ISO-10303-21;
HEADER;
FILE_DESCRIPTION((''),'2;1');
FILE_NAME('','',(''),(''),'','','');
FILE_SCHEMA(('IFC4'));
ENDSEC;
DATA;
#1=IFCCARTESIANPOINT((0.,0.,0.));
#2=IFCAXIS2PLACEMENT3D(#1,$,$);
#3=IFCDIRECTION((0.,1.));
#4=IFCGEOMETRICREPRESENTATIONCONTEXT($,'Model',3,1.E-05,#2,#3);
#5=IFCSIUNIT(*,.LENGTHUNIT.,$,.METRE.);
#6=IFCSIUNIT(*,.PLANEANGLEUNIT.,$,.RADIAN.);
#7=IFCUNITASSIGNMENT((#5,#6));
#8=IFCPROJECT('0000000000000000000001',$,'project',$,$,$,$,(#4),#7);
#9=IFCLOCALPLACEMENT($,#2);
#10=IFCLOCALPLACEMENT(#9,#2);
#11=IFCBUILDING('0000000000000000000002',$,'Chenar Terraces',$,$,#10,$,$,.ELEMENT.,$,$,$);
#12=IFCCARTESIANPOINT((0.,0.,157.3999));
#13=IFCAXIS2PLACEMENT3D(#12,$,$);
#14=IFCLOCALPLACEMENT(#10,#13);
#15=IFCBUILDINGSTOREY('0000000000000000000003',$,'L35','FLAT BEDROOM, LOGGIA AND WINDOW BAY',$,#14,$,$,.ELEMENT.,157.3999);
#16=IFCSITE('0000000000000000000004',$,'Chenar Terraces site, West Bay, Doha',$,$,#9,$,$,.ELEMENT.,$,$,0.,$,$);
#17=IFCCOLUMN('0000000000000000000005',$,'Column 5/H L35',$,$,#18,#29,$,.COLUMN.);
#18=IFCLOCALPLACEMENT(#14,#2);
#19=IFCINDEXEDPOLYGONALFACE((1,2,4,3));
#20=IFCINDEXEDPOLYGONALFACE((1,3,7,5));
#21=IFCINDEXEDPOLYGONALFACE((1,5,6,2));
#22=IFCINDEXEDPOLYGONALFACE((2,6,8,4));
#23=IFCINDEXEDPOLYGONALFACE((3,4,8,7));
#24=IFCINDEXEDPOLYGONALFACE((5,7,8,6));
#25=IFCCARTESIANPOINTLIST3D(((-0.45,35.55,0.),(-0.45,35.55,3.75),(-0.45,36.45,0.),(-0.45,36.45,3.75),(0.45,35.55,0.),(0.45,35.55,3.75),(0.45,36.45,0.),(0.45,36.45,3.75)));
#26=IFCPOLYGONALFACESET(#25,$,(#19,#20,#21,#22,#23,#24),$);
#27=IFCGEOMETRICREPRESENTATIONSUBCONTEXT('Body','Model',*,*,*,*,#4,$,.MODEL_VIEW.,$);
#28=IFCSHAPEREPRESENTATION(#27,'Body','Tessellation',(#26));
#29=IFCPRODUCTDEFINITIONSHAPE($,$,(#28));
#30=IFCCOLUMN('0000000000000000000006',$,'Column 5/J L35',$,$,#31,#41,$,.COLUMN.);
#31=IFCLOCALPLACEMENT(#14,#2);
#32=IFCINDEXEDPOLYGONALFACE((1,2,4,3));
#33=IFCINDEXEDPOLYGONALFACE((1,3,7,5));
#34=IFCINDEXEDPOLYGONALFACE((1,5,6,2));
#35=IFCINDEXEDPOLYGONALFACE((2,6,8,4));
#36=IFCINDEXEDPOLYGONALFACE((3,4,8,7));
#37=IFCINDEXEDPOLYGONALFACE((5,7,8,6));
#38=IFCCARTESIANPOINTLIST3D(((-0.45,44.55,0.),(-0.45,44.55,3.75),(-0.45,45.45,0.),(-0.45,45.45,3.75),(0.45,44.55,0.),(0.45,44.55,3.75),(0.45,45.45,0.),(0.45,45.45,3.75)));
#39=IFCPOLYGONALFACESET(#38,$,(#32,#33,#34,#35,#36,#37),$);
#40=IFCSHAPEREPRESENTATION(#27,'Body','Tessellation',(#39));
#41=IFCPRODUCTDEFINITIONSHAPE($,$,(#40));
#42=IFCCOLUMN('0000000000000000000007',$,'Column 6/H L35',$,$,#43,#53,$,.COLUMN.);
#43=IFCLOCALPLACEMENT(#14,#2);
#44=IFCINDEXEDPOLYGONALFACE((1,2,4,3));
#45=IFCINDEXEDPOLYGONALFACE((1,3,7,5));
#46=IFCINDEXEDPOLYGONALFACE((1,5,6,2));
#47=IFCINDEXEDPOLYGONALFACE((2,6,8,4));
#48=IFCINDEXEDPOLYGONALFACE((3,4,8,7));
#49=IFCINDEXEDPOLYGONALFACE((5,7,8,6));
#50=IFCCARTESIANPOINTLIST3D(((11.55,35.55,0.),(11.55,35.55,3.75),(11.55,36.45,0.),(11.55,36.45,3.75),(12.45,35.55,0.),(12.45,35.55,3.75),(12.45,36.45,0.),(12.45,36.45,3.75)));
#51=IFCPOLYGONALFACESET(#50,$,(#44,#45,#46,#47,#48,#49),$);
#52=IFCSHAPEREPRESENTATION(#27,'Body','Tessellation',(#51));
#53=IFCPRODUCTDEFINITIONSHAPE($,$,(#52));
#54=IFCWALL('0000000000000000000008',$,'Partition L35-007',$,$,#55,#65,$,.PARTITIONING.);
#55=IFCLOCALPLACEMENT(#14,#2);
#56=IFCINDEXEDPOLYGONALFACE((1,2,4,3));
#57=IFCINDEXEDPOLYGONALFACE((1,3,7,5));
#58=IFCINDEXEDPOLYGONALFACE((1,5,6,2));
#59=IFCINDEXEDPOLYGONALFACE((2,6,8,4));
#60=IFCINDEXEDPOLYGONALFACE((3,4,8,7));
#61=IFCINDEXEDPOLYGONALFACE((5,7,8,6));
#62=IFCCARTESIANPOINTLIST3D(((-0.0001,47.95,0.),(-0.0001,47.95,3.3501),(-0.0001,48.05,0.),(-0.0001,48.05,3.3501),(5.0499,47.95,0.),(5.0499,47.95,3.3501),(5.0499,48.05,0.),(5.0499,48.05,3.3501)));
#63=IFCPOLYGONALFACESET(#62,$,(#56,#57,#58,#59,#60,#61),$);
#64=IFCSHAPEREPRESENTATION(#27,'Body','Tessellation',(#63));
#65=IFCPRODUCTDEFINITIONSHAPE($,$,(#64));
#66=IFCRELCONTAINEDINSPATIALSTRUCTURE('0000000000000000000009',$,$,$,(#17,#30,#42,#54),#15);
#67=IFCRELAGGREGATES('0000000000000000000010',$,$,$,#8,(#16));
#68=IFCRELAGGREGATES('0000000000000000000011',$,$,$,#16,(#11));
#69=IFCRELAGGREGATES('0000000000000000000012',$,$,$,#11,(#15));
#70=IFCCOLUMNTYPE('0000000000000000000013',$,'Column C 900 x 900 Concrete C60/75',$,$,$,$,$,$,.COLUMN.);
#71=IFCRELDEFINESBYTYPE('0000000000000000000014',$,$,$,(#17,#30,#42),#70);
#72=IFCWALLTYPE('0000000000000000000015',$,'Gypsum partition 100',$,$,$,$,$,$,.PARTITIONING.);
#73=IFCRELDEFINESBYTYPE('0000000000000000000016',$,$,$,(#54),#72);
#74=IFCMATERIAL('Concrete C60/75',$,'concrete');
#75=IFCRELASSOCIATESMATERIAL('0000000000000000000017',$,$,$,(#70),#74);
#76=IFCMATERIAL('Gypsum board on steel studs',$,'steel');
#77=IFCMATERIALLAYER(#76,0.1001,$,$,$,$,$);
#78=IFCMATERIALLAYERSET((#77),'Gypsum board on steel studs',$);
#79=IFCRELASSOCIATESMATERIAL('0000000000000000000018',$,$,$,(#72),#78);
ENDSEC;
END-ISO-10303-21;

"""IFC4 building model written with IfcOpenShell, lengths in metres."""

from ifc_helpers import new_model, si_unit, direction, frame, frame_2d, origin, origin_2d, place, context, subcontext, project, spatial, rectangle, extrude, material, layer, layer_set, material_profile, profile_set, type_object, element, save


model = new_model("IFC4")

# Units and contexts
model_context = context("Model", 3, precision=1e-05, world=origin(), true_north=direction((0.0, 1.0)))
body_context = subcontext(model_context, "Body", "Model", "MODEL_VIEW")
ifc_project = project(units=[si_unit("LENGTHUNIT", "METRE"), si_unit("PLANEANGLEUNIT", "RADIAN")], contexts=[model_context])

# Site, building, storey
site_placement = place(None, origin())
site = spatial("IfcSite", under=ifc_project, at=site_placement, Name="Chenar Terraces site, West Bay, Doha", CompositionType="ELEMENT", RefElevation=0.0)
building_placement = place(site_placement, origin())
building = spatial("IfcBuilding", under=site, at=building_placement, Name="Chenar Terraces", CompositionType="ELEMENT")
storey_placement = place(building_placement, frame((0.0, 0.0, 157.3999)))
storey = spatial("IfcBuildingStorey", under=building, at=storey_placement, Name="L35", Description="FLAT BEDROOM, LOGGIA AND WINDOW BAY", CompositionType="ELEMENT", Elevation=157.3999)

# Columns
ifc_material_1 = material(Name="Concrete C60/75", Category="concrete")
ifc_material_profile = material_profile(ifc_material_1, rectangle(XDim=0.8999, YDim=0.8999, at=origin_2d()), Name="C 900 x 900")
ifc_profile_set = profile_set([ifc_material_profile], Name="Concrete C60/75")
column_type = type_object("IfcColumnType", Name="Column C 900 x 900 Concrete C60/75", PredefinedType="COLUMN", material=ifc_profile_set)
placement = place(storey_placement, frame((0.0, 36.0, 0.0), z_axis=(0.0, 0.0, 1.0), x_axis=(1.0, 0.0, 0.0)))
element("IfcColumn", 1, at=placement, inside=storey, type_object=column_type, Name="Column 5/H L35", PredefinedType="COLUMN", context=body_context, shape_type="SweptSolid", body=[
    extrude(rectangle(XDim=0.8999, YDim=0.8999, at=origin_2d()), origin(), (0.0, 0.0, 1.0), 3.75),
])
for number, where, z_axis, x_axis, name in (
    (2, (0.0, 45.0, 0.0), (0.0, 0.0, 1.0), (1.0, 0.0, 0.0), "Column 5/J L35"),
    (3, (12.0, 36.0, 0.0), (0.0, 0.0, 1.0), (1.0, 0.0, 0.0), "Column 6/H L35"),
):
    element("IfcColumn", number, at=place(storey_placement, frame(where, z_axis=z_axis, x_axis=x_axis)), inside=storey, type_object=column_type, Name=name, PredefinedType="COLUMN", context=body_context, shape_type="SweptSolid", body=[
        extrude(rectangle(XDim=0.8999, YDim=0.8999, at=origin_2d()), origin(), (0.0, 0.0, 1.0), 3.75),
    ])

# Wall
ifc_material_2 = material(Name="Gypsum board on steel studs", Category="steel")
ifc_layer_1 = layer(ifc_material_2, 0.1001)
ifc_layer_set_1 = layer_set([ifc_layer_1], Name="Gypsum board on steel studs")
wall_type_1 = type_object("IfcWallType", Name="Gypsum partition 100", PredefinedType="PARTITIONING", material=ifc_layer_set_1)
wall_1_placement = place(storey_placement, frame((0.0, 48.0, 0.0), z_axis=(0.0, 0.0, 1.0), x_axis=(1.0, 0.0, 0.0)))
element("IfcWall", 4, at=wall_1_placement, inside=storey, type_object=wall_type_1, Name="Partition L35-007", PredefinedType="PARTITIONING", context=body_context, shape_type="SweptSolid", body=[
    extrude(rectangle(XDim=5.05, YDim=0.1001, at=frame_2d((2.5249, 0.0))), origin(), (0.0, 0.0, 1.0), 3.3501),
])

save(model, "model.ifc")
